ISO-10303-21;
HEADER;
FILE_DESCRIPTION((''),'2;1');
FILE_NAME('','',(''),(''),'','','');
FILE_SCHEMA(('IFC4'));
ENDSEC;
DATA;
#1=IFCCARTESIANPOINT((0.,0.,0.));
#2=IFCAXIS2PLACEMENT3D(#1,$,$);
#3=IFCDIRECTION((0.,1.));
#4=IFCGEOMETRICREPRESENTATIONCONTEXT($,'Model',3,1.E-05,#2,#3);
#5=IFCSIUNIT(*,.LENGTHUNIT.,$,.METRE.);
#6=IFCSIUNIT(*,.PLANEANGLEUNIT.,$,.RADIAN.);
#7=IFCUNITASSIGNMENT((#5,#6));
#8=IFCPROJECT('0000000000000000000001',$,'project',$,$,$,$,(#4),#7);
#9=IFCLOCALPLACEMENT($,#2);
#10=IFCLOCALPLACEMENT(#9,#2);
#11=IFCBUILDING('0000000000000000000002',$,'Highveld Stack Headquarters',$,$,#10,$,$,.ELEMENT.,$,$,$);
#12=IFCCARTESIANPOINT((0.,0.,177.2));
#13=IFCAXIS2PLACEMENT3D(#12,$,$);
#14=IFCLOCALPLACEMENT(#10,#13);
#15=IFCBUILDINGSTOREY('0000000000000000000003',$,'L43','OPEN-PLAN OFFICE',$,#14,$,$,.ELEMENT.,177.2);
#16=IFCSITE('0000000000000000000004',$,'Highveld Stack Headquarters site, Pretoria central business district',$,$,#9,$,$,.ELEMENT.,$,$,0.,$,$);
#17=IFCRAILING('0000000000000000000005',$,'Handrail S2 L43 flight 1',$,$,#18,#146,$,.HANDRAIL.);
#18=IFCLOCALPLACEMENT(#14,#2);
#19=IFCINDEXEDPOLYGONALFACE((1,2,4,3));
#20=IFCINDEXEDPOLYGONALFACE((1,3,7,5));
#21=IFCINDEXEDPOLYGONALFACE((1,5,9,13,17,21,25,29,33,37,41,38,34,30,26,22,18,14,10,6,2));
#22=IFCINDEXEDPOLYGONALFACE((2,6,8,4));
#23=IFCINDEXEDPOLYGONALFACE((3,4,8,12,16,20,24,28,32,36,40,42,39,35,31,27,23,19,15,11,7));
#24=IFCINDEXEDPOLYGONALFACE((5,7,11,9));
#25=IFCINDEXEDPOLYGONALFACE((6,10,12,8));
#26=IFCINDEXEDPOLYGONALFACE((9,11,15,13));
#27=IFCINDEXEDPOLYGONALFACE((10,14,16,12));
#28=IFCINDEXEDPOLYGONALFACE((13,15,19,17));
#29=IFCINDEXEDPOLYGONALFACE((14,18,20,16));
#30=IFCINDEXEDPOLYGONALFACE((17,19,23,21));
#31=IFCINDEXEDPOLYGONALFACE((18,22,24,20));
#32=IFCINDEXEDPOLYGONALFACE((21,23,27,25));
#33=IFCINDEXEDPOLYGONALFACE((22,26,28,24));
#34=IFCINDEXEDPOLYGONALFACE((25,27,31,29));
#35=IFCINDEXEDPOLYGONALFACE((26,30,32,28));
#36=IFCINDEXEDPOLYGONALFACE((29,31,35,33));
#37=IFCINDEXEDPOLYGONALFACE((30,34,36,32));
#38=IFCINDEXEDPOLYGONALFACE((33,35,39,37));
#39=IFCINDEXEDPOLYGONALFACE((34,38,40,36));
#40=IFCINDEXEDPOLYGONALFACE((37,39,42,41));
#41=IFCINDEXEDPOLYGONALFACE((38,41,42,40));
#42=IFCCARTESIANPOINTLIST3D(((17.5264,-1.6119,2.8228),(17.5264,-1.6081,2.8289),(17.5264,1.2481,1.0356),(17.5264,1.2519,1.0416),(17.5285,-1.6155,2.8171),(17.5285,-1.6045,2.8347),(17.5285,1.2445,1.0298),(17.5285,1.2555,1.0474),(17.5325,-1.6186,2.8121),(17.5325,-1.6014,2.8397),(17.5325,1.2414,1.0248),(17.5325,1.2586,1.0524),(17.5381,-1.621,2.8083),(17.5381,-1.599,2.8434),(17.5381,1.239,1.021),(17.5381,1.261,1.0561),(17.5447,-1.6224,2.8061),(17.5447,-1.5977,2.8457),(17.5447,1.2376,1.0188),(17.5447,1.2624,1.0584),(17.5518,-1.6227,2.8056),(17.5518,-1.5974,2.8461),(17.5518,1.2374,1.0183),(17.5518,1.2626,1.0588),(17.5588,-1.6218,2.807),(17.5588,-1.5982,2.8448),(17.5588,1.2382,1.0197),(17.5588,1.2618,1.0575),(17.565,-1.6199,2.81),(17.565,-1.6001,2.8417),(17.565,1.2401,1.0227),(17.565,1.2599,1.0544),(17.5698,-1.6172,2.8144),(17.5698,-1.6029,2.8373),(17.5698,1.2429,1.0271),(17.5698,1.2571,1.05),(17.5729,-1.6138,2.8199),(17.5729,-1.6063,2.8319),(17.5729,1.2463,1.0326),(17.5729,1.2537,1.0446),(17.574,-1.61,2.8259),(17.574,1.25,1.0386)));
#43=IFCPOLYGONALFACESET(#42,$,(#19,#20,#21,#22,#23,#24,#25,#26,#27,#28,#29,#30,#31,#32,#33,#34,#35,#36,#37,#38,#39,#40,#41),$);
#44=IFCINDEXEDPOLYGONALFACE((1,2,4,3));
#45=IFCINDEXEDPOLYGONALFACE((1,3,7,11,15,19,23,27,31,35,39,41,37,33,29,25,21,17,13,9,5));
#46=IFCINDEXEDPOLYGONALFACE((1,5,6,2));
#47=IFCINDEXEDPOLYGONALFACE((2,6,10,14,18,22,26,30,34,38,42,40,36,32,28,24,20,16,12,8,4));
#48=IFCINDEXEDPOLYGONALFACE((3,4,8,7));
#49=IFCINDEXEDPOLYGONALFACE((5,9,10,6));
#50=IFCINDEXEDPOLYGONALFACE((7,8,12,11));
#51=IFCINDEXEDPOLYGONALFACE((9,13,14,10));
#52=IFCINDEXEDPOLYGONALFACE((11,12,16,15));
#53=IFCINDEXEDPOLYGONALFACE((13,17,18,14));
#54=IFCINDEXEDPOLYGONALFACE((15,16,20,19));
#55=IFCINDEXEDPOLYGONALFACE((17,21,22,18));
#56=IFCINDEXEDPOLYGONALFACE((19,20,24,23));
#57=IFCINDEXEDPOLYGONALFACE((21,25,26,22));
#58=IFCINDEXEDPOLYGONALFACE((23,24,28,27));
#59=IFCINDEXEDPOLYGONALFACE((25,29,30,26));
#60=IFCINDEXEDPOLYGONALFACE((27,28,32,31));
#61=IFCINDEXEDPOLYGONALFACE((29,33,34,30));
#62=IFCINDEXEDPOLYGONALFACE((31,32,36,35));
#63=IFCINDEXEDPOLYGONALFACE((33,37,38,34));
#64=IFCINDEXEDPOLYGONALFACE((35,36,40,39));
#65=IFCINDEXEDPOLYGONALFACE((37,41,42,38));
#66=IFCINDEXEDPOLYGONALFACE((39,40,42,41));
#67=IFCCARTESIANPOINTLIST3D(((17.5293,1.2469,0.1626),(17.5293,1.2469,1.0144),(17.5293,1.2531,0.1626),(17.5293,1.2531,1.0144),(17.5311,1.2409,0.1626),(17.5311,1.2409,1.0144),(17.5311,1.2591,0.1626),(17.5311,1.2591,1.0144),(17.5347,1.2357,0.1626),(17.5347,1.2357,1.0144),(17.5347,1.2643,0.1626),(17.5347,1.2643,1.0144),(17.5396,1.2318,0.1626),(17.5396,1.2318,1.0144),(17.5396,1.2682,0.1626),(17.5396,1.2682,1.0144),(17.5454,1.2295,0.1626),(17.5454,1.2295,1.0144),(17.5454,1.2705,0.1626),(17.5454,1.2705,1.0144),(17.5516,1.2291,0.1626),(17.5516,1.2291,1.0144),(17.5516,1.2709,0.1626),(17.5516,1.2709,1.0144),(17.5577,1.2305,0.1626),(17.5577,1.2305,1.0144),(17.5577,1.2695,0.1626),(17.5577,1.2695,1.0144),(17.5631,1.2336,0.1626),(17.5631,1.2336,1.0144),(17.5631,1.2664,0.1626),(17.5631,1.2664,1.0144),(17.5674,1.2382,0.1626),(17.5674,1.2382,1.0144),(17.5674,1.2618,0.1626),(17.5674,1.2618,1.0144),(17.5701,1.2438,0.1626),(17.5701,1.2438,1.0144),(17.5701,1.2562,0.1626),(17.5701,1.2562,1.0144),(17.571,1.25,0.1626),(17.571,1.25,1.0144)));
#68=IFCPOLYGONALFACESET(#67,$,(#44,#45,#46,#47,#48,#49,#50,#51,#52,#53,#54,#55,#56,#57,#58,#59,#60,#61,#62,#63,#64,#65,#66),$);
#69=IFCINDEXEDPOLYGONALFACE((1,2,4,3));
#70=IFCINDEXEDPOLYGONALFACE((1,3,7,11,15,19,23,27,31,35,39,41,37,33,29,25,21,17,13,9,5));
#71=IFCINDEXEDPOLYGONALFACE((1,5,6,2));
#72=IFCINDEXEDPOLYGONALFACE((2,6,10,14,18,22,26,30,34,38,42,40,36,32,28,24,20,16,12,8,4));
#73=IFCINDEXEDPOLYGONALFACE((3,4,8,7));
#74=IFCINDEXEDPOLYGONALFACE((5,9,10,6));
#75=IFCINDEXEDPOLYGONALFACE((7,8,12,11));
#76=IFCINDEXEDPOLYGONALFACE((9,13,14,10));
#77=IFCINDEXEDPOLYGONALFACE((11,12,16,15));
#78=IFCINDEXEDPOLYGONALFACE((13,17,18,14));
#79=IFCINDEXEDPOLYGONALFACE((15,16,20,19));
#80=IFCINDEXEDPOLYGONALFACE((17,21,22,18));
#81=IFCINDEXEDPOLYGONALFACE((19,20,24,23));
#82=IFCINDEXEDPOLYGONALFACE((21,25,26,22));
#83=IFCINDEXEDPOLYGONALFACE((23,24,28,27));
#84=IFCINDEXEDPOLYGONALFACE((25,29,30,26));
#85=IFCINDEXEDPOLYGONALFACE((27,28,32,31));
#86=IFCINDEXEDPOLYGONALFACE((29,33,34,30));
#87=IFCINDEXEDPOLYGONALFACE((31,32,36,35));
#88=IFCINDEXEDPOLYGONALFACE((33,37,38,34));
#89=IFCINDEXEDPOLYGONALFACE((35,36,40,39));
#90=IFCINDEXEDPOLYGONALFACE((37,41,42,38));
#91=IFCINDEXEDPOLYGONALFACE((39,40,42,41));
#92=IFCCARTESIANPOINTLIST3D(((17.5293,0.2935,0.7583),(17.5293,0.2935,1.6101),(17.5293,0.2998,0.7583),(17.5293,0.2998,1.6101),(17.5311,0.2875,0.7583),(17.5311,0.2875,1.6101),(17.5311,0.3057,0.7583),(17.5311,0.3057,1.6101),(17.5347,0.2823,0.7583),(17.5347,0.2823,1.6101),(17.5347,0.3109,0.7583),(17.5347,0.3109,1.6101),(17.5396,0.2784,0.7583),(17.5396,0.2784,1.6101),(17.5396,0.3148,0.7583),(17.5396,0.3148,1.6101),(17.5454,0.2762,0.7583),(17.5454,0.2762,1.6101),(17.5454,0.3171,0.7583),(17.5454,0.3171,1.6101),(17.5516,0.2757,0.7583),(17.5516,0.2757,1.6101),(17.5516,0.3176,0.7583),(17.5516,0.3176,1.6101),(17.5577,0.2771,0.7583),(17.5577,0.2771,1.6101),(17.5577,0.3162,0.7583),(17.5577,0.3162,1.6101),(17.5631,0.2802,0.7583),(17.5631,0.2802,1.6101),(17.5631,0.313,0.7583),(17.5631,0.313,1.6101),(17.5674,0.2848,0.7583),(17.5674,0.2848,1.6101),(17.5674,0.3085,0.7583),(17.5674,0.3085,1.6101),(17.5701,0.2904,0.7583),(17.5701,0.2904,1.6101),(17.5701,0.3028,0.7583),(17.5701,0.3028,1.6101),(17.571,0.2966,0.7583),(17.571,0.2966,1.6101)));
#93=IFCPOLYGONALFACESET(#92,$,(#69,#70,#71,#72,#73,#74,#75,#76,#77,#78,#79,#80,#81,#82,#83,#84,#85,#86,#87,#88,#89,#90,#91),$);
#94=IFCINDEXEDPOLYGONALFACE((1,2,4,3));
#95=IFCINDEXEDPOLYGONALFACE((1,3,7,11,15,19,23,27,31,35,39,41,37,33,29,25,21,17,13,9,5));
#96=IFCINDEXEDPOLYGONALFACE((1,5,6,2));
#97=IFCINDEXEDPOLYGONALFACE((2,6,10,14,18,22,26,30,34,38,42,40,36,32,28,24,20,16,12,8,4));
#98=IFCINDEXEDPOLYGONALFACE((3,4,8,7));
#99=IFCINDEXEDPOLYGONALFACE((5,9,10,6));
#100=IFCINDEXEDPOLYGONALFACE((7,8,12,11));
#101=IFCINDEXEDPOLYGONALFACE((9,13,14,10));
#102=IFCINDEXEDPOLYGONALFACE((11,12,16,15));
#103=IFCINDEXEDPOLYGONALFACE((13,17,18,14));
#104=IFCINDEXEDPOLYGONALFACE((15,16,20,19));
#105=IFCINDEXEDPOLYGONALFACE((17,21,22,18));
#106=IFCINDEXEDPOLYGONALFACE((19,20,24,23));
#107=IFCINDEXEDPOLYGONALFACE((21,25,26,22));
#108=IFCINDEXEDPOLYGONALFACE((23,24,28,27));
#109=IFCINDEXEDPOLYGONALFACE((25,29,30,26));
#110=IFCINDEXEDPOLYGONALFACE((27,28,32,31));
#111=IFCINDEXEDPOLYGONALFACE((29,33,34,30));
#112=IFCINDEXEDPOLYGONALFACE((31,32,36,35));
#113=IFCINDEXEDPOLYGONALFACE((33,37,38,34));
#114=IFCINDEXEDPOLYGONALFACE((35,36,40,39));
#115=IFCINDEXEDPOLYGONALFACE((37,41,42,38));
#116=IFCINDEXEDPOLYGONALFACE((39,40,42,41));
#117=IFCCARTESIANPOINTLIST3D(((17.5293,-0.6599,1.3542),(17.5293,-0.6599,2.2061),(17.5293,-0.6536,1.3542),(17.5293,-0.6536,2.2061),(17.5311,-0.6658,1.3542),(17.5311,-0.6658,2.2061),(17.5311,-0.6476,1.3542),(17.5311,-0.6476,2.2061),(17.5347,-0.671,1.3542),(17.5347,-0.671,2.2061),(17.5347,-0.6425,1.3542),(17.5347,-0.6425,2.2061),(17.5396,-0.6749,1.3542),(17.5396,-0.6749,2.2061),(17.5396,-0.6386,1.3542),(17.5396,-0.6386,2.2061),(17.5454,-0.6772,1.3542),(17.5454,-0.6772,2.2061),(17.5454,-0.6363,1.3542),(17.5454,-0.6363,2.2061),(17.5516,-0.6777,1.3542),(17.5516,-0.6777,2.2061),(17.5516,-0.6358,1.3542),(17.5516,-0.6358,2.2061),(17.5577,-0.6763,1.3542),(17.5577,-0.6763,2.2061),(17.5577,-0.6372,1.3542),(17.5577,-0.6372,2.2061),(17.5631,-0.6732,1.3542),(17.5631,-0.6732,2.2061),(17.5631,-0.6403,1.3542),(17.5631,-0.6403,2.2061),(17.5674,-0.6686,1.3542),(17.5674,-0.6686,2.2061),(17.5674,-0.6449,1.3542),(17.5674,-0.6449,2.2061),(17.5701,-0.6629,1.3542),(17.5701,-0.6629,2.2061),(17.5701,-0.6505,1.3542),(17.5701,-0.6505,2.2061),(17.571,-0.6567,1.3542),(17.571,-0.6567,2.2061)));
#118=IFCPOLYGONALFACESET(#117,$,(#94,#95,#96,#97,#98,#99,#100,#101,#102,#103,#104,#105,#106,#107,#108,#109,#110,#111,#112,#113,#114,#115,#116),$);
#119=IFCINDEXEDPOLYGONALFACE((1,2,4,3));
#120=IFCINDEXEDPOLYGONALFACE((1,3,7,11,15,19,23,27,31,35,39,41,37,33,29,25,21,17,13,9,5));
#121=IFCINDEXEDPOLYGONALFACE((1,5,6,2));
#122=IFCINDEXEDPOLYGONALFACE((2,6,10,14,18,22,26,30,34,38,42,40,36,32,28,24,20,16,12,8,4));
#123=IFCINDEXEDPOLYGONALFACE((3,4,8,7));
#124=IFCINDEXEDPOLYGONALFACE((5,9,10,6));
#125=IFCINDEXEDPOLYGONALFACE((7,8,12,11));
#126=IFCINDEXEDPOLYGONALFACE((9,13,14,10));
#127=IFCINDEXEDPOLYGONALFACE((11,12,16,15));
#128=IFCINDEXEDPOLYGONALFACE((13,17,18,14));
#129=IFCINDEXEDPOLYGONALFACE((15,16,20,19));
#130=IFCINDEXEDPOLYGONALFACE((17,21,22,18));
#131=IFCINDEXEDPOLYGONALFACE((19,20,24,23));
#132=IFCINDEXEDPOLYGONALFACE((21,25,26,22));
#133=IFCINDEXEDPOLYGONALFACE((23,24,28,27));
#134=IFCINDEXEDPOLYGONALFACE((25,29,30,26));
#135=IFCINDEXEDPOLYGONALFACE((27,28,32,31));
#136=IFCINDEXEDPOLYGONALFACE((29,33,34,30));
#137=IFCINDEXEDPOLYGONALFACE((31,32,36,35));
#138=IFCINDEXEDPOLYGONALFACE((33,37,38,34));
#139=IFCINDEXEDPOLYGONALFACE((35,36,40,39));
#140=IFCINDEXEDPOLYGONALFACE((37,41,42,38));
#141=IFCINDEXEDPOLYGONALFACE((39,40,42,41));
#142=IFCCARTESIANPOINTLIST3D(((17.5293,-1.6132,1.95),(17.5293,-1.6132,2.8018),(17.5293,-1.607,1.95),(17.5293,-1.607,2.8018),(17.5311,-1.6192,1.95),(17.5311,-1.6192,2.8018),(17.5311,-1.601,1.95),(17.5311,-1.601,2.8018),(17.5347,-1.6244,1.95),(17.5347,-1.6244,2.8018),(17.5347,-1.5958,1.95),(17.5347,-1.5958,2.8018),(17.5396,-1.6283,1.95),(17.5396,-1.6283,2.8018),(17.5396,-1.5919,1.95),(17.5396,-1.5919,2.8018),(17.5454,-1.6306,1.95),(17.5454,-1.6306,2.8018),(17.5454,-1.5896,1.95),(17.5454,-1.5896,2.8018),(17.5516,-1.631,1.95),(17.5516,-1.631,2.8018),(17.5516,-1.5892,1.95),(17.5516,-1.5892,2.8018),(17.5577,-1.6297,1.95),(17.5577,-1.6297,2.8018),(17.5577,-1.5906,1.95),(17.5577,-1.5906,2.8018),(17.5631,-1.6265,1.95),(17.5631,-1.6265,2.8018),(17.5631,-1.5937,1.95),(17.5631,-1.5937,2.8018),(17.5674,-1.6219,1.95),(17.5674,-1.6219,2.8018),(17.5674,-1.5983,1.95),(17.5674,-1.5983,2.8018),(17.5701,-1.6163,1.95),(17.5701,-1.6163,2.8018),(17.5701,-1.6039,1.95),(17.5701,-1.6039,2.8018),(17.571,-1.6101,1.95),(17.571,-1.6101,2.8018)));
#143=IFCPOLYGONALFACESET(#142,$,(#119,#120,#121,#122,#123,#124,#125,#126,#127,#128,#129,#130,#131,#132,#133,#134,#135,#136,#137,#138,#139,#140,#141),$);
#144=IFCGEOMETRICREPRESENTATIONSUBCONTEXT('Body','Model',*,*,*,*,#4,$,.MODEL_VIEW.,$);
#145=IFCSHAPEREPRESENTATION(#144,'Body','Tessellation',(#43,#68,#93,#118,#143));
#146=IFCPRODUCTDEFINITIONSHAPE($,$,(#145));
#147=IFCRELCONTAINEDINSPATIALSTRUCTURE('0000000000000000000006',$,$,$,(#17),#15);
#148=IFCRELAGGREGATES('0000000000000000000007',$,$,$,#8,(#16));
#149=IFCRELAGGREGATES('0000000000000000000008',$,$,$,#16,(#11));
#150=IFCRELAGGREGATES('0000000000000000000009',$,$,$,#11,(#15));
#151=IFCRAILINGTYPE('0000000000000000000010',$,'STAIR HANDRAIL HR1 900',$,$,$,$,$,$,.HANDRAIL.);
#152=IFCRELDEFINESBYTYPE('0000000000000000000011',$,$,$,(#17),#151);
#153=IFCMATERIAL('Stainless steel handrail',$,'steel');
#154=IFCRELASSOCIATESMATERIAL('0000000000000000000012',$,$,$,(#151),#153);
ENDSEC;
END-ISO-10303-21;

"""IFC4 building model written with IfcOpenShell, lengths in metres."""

from ifc_helpers import new_model, si_unit, direction, frame, origin, origin_2d, place, context, subcontext, project, spatial, circle, extrude, material, type_object, element, save


model = new_model("IFC4")

# Units and contexts
model_context = context("Model", 3, precision=1e-05, world=origin(), true_north=direction((0.0, 1.0)))
body_context = subcontext(model_context, "Body", "Model", "MODEL_VIEW")
ifc_project = project(units=[si_unit("LENGTHUNIT", "METRE"), si_unit("PLANEANGLEUNIT", "RADIAN")], contexts=[model_context])

# Site, building, storey
site_placement = place(None, origin())
site = spatial("IfcSite", under=ifc_project, at=site_placement, Name="Highveld Stack Headquarters site, Pretoria central business district", CompositionType="ELEMENT", RefElevation=0.0)
building_placement = place(site_placement, origin())
building = spatial("IfcBuilding", under=site, at=building_placement, Name="Highveld Stack Headquarters", CompositionType="ELEMENT")
storey_placement = place(building_placement, frame((0.0, 0.0, 177.2)))
storey = spatial("IfcBuildingStorey", under=building, at=storey_placement, Name="L43", Description="OPEN-PLAN OFFICE", CompositionType="ELEMENT", Elevation=177.2)

# Railing
ifc_material_1 = material(Name="Stainless steel handrail", Category="steel")
railing_type = type_object("IfcRailingType", Name="STAIR HANDRAIL HR1 900", PredefinedType="HANDRAIL", material=ifc_material_1)
for number, where, name in (
    (1, (17.55, 1.25, 0.1626), "Handrail S2 L43 flight 1"),
):
    element("IfcRailing", number, at=place(storey_placement, frame(where)), inside=storey, type_object=railing_type, Name=name, PredefinedType="HANDRAIL", context=body_context, shape_type="SweptSolid", body=[
        extrude(circle(Radius=0.0239, at=origin_2d()), frame((0.0, 0.0, 0.876), z_axis=(0.0, -0.848027, 0.529953), x_axis=(1.0, 0.0, 0.0)), (0.0, 0.0, 1.0), 3.3726),
        extrude(circle(Radius=0.021, at=origin_2d()), origin(), (0.0, 0.0, 1.0), 0.8518),
        extrude(circle(Radius=0.021, at=origin_2d()), frame((0.0, -0.9534, 0.5957)), (0.0, 0.0, 1.0), 0.8518),
        extrude(circle(Radius=0.021, at=origin_2d()), frame((0.0, -1.9067, 1.1917)), (0.0, 0.0, 1.0), 0.8518),
        extrude(circle(Radius=0.021, at=origin_2d()), frame((0.0, -2.8601, 1.7874)), (0.0, 0.0, 1.0), 0.8518),
    ])

save(model, "model.ifc")
